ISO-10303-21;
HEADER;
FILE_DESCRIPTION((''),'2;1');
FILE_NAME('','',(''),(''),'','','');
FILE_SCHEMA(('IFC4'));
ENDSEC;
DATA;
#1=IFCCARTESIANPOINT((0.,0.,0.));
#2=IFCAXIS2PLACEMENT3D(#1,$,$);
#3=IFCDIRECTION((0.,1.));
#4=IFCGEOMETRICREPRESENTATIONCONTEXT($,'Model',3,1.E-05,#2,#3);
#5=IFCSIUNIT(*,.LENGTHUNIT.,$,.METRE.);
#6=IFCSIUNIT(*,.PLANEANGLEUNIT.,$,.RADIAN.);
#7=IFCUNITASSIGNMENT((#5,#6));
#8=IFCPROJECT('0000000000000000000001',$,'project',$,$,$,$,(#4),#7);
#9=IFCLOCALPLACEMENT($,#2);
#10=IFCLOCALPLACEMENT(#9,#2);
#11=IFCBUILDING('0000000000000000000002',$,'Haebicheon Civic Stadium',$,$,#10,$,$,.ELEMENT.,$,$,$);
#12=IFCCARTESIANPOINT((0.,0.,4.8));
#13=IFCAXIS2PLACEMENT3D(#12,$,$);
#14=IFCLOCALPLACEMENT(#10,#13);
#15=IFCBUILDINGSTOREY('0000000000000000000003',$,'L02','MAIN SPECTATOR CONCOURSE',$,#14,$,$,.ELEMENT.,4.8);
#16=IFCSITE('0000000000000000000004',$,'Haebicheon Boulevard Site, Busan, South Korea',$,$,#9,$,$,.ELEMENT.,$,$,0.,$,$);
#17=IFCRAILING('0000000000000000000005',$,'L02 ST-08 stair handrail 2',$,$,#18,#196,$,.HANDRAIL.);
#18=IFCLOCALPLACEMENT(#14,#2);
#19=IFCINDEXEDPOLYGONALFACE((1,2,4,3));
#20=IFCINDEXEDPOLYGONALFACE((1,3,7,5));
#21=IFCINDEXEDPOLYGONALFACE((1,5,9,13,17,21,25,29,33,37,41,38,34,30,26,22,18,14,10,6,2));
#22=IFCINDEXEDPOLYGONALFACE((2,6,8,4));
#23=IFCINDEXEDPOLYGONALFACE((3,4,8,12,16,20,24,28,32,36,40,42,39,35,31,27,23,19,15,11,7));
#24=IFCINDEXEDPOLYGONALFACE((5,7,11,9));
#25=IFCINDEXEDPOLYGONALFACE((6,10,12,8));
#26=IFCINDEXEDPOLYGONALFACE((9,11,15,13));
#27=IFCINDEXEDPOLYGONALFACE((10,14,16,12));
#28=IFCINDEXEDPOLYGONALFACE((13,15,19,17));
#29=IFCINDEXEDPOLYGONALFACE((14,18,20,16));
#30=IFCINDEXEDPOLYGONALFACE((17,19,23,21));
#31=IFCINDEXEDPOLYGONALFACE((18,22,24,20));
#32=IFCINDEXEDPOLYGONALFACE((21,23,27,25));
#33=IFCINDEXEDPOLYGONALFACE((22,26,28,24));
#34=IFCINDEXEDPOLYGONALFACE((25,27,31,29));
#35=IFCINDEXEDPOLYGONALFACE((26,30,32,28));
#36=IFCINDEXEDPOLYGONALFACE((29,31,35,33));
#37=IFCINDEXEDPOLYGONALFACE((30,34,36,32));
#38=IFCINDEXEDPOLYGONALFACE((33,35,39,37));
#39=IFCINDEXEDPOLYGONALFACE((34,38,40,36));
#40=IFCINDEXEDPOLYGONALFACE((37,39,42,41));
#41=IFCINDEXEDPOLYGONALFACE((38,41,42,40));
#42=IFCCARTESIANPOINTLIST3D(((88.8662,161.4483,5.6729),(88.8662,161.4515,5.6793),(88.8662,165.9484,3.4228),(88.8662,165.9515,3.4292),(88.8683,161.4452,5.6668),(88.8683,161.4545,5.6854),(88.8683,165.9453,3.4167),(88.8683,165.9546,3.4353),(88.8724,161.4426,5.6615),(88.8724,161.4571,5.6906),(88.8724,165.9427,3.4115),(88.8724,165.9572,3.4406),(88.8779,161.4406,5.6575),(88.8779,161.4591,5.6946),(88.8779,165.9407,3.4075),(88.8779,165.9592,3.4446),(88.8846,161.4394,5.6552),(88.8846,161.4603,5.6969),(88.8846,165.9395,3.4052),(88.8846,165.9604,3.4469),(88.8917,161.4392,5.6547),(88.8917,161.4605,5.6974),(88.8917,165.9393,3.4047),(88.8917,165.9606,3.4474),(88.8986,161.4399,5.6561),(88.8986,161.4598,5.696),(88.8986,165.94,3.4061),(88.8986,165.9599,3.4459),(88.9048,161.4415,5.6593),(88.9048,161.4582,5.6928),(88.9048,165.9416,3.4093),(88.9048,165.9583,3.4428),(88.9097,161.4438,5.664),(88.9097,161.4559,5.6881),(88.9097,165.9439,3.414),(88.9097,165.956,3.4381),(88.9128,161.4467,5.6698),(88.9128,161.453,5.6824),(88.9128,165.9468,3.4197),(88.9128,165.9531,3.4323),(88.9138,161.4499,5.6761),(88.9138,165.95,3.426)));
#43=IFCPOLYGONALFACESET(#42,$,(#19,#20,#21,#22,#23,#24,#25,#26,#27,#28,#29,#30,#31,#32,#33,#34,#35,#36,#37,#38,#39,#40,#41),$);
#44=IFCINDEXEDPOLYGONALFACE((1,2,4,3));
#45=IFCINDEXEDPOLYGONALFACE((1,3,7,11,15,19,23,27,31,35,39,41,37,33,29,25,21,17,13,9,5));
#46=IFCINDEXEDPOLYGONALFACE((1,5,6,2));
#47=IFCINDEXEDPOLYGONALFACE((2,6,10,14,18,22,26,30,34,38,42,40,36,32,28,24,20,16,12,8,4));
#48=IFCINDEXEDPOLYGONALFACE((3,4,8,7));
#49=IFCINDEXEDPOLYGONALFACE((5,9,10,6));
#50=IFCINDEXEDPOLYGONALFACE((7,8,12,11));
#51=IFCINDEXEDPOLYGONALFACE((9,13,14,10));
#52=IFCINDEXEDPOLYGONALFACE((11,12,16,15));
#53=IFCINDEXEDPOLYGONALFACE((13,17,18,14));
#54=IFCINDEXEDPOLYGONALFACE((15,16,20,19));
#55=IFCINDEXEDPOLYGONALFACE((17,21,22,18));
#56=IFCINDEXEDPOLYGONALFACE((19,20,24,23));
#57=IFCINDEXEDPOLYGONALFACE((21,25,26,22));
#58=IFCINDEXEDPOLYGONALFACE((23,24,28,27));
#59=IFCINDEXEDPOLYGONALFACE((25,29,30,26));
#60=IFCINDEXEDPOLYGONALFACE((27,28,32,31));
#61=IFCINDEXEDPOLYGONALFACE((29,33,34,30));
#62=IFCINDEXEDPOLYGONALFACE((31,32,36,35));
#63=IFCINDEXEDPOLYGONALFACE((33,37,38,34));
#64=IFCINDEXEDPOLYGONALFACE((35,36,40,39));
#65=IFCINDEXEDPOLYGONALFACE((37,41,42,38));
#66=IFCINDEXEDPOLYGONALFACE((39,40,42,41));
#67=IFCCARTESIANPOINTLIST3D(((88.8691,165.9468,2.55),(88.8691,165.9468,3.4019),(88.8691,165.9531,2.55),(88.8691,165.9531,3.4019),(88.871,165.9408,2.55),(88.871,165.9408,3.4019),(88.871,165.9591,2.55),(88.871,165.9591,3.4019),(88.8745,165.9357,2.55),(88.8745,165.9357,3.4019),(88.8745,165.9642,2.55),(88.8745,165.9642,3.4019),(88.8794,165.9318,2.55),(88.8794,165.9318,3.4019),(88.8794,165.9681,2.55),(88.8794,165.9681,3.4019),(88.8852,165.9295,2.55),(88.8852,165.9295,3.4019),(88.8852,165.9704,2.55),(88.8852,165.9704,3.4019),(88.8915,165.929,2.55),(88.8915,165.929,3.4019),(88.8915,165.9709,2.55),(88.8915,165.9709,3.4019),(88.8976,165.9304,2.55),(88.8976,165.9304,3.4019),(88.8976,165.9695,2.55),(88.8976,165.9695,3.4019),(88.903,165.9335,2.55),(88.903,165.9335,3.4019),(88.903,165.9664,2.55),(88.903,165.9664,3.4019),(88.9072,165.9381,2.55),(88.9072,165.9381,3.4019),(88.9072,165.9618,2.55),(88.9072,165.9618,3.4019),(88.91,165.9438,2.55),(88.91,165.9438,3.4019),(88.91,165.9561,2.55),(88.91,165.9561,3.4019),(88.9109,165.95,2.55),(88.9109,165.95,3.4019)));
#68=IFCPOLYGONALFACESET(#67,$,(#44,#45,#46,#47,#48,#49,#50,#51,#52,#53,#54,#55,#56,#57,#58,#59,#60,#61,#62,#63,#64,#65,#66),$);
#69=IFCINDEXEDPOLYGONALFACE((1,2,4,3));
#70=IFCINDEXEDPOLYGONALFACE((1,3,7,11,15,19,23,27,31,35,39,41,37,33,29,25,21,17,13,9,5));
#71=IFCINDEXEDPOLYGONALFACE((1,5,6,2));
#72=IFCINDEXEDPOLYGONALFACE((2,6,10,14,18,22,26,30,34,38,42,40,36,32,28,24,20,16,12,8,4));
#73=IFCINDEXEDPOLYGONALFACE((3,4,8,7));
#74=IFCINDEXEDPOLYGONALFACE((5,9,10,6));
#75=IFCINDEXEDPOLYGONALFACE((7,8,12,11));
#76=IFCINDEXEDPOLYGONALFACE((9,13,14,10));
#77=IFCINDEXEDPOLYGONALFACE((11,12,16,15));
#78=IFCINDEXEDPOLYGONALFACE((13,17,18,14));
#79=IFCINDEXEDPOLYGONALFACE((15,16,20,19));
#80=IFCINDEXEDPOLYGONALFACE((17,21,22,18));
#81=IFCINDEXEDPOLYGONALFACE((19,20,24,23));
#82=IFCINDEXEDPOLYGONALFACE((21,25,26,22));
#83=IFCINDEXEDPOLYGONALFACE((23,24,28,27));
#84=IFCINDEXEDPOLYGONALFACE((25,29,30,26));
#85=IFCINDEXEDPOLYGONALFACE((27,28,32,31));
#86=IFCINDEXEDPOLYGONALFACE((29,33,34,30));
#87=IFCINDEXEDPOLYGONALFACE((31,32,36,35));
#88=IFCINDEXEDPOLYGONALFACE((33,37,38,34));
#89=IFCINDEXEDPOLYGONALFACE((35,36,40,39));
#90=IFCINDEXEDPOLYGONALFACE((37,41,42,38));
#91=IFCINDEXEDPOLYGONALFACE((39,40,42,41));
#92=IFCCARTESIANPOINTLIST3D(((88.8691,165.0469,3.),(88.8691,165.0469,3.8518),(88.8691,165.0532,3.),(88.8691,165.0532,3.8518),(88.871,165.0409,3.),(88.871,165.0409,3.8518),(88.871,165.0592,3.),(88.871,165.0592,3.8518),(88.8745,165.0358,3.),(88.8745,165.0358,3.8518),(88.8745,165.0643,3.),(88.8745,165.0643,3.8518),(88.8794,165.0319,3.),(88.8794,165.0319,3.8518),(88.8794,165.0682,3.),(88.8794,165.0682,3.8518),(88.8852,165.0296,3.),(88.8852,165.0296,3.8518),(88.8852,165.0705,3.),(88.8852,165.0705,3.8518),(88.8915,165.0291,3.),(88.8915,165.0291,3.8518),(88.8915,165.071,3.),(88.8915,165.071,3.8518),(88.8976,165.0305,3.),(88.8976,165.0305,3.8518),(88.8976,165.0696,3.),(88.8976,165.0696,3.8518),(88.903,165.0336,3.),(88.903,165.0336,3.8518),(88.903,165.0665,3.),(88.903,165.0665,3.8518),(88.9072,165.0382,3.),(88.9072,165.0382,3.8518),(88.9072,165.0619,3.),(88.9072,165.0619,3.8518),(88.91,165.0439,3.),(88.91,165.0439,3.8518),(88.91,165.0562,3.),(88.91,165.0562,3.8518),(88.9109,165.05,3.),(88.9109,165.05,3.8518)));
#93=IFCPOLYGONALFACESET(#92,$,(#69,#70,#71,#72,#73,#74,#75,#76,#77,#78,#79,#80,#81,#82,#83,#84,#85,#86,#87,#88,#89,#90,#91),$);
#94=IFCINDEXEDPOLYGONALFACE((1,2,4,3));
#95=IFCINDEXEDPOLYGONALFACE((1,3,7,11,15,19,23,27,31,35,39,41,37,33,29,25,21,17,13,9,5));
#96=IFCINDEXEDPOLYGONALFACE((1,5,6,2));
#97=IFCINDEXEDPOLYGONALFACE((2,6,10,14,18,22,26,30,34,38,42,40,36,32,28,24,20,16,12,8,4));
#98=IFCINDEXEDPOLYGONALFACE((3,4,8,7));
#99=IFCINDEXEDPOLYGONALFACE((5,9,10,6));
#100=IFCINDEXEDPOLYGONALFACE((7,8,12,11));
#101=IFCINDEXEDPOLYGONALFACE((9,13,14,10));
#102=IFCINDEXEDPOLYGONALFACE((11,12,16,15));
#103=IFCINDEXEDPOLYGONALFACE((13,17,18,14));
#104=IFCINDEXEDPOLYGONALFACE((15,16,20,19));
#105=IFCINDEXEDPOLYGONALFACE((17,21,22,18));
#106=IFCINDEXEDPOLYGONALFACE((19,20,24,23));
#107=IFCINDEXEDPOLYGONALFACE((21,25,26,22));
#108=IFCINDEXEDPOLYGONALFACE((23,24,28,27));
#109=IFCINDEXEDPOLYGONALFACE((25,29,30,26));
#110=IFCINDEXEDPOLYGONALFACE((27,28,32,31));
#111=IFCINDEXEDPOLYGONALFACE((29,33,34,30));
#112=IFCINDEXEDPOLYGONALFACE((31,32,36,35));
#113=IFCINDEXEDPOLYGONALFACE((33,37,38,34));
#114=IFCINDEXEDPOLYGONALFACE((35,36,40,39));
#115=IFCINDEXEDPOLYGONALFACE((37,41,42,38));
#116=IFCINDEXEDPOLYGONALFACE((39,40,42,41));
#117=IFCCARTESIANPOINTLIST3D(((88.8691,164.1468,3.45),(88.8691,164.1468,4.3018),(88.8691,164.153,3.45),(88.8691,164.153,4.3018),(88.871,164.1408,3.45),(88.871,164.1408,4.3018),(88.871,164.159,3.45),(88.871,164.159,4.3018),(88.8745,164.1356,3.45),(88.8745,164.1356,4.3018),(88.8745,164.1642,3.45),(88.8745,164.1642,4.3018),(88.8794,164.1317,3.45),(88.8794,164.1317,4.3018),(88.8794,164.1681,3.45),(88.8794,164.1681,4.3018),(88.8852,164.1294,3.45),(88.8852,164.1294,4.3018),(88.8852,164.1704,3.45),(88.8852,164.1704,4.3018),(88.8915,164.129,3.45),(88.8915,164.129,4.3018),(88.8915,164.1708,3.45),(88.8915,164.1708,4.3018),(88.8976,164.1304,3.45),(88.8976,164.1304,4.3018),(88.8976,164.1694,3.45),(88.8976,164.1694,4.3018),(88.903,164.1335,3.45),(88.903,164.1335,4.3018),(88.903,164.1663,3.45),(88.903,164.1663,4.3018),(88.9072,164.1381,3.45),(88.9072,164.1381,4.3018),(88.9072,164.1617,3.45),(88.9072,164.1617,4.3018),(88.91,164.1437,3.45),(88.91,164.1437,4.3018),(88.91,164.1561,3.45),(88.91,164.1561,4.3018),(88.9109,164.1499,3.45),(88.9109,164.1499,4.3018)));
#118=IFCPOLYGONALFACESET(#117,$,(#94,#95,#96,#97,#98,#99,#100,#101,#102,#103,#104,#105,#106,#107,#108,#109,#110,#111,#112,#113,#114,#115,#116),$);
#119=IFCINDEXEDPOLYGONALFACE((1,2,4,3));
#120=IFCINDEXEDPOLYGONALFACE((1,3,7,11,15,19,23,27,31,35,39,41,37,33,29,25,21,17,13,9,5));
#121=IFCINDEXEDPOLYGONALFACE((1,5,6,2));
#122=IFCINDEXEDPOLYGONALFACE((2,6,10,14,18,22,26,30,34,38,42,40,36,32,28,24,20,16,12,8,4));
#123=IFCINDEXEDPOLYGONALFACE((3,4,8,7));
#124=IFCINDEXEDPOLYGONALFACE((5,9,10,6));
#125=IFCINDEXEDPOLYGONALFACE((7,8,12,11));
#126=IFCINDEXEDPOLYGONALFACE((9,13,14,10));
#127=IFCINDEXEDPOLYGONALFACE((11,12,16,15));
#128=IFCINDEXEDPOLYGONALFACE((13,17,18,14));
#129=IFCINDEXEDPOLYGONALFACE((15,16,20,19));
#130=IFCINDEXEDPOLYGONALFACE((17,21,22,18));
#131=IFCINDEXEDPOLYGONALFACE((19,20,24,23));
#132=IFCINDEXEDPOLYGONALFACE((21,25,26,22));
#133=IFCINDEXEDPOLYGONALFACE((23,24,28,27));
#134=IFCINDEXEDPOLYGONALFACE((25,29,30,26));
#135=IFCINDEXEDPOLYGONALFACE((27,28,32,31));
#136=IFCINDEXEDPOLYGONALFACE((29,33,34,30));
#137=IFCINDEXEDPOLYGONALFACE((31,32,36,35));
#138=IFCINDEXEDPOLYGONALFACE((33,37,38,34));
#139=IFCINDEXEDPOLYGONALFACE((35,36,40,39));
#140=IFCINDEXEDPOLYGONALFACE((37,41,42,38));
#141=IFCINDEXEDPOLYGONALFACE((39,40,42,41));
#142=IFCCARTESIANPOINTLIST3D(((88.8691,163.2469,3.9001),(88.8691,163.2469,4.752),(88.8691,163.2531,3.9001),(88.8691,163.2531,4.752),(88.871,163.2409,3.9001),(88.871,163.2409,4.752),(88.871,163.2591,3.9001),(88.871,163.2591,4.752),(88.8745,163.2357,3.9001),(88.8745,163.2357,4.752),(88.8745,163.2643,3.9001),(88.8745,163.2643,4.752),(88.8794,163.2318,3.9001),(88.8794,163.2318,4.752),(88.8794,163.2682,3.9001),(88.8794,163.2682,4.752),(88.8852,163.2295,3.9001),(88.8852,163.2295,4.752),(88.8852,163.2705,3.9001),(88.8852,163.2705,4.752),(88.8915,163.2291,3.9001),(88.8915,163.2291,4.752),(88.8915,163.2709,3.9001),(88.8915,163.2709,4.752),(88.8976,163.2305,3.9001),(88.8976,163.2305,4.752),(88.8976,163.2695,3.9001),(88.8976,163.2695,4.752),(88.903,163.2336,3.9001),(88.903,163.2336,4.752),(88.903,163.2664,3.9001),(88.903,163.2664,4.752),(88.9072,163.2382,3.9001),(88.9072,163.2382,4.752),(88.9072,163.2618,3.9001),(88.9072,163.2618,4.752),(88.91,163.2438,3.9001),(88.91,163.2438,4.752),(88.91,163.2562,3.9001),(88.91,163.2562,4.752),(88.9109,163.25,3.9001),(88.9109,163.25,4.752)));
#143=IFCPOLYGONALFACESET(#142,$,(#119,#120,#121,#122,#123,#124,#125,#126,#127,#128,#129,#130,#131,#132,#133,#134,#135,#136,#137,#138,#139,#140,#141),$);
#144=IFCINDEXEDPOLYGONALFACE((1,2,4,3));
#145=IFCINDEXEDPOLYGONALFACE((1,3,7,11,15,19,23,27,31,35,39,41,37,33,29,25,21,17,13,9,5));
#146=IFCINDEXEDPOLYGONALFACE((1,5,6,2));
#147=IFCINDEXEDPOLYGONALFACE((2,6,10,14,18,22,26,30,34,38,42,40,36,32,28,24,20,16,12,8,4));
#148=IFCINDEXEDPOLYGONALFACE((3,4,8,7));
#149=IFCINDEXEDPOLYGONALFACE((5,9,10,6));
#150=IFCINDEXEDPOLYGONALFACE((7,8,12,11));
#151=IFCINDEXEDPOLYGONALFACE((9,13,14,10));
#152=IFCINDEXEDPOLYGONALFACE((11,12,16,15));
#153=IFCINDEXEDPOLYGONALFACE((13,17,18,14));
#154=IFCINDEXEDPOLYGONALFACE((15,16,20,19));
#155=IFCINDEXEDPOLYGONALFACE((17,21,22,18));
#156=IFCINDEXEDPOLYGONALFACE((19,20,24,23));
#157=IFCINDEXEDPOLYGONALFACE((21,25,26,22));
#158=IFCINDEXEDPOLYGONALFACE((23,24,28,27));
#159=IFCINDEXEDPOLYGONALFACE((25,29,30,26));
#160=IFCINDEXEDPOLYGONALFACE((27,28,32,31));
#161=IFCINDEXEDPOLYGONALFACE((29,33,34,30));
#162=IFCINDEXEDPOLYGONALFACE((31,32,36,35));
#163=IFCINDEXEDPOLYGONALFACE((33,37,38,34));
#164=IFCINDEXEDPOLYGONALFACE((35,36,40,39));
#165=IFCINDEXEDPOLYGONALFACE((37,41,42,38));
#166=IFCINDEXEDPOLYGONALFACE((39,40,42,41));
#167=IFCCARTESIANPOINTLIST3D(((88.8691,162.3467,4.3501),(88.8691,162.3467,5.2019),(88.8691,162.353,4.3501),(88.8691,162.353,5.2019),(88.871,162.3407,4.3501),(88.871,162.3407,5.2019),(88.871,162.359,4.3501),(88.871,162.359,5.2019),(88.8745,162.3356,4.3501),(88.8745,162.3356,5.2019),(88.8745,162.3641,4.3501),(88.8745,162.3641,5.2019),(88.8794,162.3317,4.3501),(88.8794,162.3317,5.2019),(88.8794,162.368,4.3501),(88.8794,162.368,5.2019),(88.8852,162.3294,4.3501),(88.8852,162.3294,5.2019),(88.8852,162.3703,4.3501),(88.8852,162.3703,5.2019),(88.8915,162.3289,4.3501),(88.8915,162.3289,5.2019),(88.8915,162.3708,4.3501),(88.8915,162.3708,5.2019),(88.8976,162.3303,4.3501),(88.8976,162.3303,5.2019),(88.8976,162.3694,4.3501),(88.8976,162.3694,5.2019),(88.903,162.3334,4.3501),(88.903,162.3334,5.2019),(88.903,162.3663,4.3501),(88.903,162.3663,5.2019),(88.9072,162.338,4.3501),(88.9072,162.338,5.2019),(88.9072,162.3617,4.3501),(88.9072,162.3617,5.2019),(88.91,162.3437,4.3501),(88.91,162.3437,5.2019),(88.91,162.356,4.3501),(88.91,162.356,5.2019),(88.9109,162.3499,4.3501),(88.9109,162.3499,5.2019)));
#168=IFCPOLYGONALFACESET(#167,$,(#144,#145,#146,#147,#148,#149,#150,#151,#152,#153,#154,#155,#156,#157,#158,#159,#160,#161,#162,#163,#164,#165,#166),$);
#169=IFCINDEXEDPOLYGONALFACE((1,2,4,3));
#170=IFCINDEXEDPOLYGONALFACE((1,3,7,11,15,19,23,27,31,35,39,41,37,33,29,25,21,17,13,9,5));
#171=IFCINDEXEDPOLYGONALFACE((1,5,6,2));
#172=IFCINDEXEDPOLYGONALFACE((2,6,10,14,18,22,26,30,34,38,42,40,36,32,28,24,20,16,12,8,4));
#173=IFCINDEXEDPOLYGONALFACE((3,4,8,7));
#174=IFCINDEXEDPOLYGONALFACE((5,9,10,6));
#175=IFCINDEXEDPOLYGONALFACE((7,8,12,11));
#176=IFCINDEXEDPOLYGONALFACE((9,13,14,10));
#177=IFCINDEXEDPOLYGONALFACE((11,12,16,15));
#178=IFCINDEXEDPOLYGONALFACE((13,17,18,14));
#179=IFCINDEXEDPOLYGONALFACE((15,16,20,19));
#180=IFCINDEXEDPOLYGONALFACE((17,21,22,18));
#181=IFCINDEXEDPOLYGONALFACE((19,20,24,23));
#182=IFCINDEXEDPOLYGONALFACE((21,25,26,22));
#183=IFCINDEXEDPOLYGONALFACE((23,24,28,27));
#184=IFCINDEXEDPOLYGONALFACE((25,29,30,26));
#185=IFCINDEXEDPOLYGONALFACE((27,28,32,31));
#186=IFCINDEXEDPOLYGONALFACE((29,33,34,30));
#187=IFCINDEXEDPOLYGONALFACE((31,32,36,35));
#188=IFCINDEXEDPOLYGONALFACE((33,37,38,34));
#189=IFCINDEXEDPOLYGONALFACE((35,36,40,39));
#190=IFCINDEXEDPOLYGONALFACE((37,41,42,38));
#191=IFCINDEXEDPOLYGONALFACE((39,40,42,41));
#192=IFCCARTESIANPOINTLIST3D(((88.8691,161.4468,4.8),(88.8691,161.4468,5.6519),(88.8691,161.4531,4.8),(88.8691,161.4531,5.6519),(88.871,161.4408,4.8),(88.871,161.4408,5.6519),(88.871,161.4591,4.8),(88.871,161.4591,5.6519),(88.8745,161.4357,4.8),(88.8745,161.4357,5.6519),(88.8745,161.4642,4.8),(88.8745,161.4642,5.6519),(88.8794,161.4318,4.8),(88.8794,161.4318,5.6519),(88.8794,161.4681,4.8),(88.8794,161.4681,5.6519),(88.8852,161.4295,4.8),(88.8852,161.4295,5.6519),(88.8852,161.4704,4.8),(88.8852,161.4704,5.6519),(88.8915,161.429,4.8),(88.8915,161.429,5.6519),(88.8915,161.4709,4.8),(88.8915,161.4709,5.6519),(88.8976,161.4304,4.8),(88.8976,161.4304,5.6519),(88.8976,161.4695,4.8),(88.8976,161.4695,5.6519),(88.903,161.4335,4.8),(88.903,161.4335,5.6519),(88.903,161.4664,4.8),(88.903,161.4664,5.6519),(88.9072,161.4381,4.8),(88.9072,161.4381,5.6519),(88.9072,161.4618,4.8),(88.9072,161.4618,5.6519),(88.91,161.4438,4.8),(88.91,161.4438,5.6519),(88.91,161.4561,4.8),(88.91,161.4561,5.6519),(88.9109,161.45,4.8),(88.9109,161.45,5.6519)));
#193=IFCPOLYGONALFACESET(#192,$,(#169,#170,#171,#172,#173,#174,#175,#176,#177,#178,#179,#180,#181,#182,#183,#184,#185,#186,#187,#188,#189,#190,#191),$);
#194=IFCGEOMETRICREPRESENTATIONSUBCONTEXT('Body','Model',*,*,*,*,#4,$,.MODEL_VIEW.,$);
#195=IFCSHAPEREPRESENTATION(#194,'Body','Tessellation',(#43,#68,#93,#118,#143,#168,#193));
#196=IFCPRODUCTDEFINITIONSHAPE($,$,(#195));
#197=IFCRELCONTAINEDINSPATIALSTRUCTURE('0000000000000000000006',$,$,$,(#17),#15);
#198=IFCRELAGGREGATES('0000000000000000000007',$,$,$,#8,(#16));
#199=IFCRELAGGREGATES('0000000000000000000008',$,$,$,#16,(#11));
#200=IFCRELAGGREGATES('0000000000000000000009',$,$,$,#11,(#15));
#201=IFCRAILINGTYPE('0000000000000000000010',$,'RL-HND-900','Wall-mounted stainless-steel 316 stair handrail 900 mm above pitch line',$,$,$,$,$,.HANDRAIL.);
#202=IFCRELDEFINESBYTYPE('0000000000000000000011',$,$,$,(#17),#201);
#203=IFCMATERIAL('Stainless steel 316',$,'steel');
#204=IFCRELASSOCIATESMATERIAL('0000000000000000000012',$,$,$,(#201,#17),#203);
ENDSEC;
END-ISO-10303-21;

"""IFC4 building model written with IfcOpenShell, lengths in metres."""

from ifc_helpers import new_model, si_unit, direction, frame, origin, origin_2d, place, context, subcontext, project, spatial, circle, extrude, material, type_object, element, save


model = new_model("IFC4")

# Units and contexts
model_context = context("Model", 3, precision=1e-05, world=origin(), true_north=direction((0.0, 1.0)))
body_context = subcontext(model_context, "Body", "Model", "MODEL_VIEW")
ifc_project = project(units=[si_unit("LENGTHUNIT", "METRE"), si_unit("PLANEANGLEUNIT", "RADIAN")], contexts=[model_context])

# Site, building, storey
site_placement = place(None, origin())
site = spatial("IfcSite", under=ifc_project, at=site_placement, Name="Haebicheon Boulevard Site, Busan, South Korea", CompositionType="ELEMENT", RefElevation=0.0)
building_placement = place(site_placement, origin())
building = spatial("IfcBuilding", under=site, at=building_placement, Name="Haebicheon Civic Stadium", CompositionType="ELEMENT")
storey_placement = place(building_placement, frame((0.0, 0.0, 4.8)))
storey = spatial("IfcBuildingStorey", under=building, at=storey_placement, Name="L02", Description="MAIN SPECTATOR CONCOURSE", CompositionType="ELEMENT", Elevation=4.8)

# Railing
ifc_material_1 = material(Name="Stainless steel 316", Category="steel")
railing_type_1 = type_object("IfcRailingType", Name="RL-HND-900", Description="Wall-mounted stainless-steel 316 stair handrail 900 mm above pitch line", PredefinedType="HANDRAIL", material=ifc_material_1)
railing_1_placement = place(storey_placement, frame((88.8899, 165.95, 2.55)))
element("IfcRailing", 1, at=railing_1_placement, inside=storey, type_object=railing_type_1, material=ifc_material_1, Name="L02 ST-08 stair handrail 2", PredefinedType="HANDRAIL", context=body_context, shape_type="SweptSolid", body=[
    extrude(circle(Radius=0.0239, at=origin_2d()), frame((0.0, 0.0, 0.876), z_axis=(0.0, -0.894427, 0.447214), x_axis=(1.0, 0.0, 0.0)), (0.0, 0.0, 1.0), 5.0312),
    extrude(circle(Radius=0.021, at=origin_2d()), origin(), (0.0, 0.0, 1.0), 0.8518),
    extrude(circle(Radius=0.021, at=origin_2d()), frame((0.0, -0.8999, 0.45)), (0.0, 0.0, 1.0), 0.8518),
    extrude(circle(Radius=0.021, at=origin_2d()), frame((0.0, -1.8, 0.8999)), (0.0, 0.0, 1.0), 0.8518),
    extrude(circle(Radius=0.021, at=origin_2d()), frame((0.0, -2.7, 1.3501)), (0.0, 0.0, 1.0), 0.8518),
    extrude(circle(Radius=0.021, at=origin_2d()), frame((0.0, -3.6001, 1.8)), (0.0, 0.0, 1.0), 0.8518),
    extrude(circle(Radius=0.021, at=origin_2d()), frame((0.0, -4.5, 2.25)), (0.0, 0.0, 1.0), 0.8518),
])

save(model, "model.ifc")
